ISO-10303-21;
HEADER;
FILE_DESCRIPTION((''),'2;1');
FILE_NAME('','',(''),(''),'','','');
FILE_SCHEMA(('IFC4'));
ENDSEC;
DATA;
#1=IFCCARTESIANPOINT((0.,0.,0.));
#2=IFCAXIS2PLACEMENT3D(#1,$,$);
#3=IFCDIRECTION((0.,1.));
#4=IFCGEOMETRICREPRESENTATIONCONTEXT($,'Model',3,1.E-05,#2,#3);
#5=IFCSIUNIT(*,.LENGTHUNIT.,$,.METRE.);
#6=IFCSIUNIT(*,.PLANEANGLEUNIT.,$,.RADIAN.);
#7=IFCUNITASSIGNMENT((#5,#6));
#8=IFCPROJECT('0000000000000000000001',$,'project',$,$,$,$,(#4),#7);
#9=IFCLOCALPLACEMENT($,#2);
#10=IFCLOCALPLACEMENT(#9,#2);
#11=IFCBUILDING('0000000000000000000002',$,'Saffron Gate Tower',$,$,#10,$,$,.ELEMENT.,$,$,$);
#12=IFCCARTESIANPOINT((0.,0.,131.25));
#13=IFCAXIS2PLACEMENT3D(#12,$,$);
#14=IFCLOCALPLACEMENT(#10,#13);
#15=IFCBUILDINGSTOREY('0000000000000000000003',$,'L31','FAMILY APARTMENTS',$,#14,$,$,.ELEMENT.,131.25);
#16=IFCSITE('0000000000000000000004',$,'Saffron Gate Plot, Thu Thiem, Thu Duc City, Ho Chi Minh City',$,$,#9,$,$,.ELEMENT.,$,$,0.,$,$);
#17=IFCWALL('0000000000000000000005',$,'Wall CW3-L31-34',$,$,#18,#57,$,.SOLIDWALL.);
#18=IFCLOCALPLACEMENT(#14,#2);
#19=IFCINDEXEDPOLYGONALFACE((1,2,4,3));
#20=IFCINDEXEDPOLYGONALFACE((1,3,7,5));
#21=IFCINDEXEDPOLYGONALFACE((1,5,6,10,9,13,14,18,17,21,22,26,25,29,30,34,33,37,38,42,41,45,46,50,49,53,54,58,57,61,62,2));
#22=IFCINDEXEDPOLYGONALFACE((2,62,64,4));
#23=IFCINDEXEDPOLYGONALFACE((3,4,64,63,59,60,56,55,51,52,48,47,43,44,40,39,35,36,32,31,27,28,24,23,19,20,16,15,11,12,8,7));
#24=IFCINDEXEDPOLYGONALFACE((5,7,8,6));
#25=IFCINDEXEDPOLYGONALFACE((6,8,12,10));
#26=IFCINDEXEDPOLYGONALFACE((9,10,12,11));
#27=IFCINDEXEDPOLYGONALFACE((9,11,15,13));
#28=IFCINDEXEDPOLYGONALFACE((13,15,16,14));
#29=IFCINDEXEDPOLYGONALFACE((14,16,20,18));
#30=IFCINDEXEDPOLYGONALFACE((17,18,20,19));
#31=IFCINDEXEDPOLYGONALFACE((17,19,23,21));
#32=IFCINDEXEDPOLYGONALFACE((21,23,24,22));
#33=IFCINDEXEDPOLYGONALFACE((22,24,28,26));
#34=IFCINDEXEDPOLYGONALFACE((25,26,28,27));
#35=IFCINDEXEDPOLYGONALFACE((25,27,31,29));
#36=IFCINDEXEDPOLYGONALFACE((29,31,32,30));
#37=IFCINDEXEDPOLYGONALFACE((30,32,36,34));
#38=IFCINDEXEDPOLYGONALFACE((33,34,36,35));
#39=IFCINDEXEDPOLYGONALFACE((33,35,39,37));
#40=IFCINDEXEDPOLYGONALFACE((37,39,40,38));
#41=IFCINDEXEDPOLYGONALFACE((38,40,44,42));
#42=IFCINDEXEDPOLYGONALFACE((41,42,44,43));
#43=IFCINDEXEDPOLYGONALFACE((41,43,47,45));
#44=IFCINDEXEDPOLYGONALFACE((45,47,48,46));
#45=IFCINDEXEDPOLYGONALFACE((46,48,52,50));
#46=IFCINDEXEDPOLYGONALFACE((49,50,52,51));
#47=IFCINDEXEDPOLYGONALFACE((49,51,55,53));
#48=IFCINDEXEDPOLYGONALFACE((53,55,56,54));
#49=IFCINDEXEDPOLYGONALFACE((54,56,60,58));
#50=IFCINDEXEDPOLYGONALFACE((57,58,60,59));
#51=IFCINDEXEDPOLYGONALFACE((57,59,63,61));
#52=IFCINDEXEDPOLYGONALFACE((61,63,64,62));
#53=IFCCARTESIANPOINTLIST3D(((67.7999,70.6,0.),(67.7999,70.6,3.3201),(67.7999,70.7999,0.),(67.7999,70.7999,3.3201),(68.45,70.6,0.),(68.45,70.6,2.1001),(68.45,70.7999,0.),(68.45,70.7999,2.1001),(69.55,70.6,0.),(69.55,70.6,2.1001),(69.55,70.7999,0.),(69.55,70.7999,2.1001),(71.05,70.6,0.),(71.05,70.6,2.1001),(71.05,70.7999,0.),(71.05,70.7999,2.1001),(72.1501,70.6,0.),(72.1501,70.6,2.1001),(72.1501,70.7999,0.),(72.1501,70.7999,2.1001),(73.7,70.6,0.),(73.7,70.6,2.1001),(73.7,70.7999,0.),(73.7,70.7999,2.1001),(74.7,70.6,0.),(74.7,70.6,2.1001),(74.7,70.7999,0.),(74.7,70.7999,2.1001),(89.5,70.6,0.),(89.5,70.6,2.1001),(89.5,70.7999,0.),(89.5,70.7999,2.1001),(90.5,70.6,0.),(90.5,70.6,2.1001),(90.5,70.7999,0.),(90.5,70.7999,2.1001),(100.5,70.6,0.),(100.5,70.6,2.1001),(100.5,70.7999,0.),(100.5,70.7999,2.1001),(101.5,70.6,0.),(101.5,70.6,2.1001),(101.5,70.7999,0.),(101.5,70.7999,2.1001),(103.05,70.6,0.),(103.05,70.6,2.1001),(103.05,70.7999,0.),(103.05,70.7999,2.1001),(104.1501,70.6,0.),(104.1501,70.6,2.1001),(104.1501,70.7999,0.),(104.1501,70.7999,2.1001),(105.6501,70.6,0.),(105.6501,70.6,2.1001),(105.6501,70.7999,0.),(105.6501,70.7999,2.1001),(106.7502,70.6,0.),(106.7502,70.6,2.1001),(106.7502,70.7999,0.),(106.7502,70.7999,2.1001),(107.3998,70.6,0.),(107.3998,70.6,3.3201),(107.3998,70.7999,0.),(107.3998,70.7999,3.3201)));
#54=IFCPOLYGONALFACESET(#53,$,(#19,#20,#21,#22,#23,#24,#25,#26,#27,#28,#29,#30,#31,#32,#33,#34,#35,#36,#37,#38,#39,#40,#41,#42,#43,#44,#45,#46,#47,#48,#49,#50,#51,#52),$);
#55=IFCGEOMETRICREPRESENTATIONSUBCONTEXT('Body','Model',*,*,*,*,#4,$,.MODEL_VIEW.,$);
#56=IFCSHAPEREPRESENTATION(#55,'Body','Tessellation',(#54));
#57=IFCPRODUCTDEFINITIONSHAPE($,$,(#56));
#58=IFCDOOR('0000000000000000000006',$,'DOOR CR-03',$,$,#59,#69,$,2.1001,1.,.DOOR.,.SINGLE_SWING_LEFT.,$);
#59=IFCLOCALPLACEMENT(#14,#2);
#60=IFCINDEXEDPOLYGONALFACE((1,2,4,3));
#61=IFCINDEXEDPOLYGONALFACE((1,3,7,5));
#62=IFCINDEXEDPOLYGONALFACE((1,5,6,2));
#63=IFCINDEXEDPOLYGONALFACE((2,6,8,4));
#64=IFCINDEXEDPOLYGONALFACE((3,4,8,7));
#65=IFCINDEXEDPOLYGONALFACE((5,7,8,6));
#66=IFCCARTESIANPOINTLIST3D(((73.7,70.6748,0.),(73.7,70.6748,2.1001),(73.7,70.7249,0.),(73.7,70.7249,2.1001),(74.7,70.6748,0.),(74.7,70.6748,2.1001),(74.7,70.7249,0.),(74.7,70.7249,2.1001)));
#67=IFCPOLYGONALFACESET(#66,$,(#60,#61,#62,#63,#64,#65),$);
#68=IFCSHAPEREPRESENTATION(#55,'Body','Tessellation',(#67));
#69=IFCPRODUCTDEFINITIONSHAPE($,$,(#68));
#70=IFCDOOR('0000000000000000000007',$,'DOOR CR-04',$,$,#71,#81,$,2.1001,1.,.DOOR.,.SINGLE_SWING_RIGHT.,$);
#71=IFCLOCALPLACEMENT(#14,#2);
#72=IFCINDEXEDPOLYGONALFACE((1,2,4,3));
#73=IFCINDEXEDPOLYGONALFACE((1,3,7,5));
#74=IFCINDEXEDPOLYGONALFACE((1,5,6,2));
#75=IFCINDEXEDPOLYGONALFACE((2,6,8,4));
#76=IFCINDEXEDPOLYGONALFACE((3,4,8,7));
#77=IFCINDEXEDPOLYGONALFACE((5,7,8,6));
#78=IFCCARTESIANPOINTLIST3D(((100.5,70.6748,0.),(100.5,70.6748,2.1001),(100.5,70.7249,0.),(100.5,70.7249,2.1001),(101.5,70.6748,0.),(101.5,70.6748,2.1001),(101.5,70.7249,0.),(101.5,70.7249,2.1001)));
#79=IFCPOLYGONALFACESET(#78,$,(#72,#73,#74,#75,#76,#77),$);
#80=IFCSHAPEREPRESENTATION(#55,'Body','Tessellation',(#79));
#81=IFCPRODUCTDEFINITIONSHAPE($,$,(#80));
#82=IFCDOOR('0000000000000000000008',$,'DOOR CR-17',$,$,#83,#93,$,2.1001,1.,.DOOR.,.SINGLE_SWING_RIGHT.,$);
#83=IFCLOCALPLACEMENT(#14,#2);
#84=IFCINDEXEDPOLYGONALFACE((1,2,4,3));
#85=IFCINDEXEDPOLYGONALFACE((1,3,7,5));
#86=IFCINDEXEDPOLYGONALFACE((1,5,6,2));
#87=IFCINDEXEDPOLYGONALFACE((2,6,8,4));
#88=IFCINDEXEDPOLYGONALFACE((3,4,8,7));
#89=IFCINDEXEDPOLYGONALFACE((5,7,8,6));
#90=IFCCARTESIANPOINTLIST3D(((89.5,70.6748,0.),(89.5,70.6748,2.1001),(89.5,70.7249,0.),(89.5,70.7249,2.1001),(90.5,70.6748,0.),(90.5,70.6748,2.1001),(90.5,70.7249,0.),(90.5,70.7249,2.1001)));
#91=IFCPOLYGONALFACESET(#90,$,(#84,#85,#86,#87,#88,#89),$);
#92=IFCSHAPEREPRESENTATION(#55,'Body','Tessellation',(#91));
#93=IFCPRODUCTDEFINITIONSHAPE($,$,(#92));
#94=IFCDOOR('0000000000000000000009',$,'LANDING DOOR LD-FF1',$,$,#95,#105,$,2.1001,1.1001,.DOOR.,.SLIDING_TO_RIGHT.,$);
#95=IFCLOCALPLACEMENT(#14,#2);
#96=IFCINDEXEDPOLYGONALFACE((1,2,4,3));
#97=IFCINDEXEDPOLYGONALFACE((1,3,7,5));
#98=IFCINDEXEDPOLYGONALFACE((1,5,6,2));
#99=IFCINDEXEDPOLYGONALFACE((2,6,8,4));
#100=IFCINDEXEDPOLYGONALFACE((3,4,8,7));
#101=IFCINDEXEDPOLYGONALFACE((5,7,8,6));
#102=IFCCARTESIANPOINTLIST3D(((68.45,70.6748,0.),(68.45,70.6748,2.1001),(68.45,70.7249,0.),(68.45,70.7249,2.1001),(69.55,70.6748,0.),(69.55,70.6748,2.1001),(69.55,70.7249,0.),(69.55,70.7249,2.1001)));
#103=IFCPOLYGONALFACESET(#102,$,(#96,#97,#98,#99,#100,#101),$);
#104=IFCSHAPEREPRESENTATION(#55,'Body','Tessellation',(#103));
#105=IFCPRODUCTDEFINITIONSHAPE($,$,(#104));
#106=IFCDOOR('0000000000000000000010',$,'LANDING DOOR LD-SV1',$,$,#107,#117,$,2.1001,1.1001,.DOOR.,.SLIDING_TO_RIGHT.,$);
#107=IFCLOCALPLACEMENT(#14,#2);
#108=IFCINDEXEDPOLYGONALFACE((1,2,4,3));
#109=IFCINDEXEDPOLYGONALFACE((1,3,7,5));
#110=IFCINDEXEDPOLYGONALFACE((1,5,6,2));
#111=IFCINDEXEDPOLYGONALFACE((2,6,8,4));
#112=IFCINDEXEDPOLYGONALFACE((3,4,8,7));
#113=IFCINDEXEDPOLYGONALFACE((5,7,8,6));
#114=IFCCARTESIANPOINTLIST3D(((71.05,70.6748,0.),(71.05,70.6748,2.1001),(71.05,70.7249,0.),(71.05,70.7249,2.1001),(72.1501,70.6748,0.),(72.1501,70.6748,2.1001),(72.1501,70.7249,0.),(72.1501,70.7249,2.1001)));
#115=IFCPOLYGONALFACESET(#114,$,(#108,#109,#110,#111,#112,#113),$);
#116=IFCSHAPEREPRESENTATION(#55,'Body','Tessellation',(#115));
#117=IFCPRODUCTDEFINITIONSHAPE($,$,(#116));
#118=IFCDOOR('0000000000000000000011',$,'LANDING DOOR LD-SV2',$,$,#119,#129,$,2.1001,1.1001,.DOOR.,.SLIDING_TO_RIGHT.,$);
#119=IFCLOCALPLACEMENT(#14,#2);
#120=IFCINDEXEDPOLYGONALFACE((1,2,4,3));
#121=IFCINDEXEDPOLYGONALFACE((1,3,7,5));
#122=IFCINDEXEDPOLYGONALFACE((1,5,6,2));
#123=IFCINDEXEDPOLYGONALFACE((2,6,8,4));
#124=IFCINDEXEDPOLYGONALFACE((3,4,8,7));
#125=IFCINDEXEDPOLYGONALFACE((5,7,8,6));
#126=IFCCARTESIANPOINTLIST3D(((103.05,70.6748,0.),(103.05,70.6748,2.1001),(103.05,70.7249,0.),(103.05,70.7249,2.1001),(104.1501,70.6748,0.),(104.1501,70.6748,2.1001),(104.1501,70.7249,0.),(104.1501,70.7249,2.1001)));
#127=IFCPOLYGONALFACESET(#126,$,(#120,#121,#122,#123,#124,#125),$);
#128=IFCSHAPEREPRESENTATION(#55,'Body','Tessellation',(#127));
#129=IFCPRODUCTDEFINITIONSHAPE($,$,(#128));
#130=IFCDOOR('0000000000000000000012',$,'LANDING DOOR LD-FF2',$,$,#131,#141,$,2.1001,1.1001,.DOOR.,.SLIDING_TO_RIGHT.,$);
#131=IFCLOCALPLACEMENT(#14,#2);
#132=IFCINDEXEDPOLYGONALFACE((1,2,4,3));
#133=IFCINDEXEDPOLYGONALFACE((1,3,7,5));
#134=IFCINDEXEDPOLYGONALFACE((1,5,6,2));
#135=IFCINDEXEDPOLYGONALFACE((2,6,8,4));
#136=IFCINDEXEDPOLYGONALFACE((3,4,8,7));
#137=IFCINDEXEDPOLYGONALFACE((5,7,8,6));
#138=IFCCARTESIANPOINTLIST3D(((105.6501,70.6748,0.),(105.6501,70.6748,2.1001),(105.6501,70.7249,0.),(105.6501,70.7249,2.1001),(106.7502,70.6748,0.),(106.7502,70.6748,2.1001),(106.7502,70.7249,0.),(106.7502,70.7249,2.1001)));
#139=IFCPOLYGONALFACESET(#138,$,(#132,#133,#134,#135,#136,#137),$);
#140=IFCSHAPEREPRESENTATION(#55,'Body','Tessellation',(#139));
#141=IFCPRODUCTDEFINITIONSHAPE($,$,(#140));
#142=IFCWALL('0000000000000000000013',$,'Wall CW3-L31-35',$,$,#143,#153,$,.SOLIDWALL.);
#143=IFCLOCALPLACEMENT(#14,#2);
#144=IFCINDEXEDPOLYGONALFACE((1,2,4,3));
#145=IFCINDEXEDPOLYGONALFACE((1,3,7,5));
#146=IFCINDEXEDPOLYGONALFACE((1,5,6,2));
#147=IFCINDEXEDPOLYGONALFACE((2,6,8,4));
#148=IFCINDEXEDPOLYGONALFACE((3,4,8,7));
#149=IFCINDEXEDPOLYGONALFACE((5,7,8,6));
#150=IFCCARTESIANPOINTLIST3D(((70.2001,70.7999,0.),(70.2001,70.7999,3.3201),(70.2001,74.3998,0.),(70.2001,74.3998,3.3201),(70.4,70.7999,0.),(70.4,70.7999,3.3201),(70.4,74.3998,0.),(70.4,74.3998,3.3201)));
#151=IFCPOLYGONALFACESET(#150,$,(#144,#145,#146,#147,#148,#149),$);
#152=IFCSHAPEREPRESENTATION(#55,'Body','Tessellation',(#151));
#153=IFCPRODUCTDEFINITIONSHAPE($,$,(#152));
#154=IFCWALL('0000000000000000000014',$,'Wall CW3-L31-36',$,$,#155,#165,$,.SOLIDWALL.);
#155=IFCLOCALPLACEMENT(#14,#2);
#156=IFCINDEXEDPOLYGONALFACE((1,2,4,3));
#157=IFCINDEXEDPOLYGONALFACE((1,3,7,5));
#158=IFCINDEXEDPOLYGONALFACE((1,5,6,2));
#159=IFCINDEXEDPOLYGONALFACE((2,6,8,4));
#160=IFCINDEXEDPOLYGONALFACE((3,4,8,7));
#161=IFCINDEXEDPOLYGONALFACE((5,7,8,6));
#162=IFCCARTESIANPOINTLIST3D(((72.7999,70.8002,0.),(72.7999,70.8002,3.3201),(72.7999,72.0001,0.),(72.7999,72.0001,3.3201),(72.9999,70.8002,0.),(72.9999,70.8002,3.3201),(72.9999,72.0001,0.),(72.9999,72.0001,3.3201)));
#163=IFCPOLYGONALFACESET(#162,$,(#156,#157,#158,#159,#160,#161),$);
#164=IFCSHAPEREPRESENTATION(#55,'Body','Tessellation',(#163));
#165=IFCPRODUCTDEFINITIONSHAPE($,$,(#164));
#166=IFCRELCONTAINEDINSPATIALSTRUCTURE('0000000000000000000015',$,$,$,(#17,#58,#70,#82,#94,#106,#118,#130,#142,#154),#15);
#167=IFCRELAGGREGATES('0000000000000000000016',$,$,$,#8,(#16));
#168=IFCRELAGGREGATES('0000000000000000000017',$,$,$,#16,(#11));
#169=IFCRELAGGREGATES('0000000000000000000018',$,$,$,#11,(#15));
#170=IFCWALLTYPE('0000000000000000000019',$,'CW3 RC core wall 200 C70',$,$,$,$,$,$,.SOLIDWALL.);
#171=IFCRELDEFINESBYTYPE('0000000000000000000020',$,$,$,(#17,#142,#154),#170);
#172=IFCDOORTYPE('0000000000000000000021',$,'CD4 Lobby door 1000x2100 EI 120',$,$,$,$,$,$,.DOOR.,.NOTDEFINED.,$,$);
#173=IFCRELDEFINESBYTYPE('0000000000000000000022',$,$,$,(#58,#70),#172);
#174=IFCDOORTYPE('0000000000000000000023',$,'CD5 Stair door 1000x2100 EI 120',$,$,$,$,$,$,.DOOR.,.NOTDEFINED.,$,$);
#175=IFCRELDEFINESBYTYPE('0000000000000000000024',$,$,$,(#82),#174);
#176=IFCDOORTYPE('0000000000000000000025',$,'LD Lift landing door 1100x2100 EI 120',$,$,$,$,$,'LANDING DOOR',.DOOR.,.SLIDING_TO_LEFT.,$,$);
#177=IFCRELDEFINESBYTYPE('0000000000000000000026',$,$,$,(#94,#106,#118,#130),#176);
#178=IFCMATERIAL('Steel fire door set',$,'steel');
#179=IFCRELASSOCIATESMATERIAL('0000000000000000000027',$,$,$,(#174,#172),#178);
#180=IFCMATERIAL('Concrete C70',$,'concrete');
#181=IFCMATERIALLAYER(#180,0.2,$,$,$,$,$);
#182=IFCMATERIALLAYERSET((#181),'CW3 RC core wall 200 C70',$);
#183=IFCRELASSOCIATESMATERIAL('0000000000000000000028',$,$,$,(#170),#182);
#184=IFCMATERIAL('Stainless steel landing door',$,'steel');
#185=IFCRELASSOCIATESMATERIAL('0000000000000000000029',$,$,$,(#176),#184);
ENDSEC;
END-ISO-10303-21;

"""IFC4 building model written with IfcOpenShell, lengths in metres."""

from ifc_helpers import new_model, si_unit, direction, frame, frame_2d, origin, place, context, subcontext, project, spatial, rectangle, extrude, material, layer, layer_set, type_object, element, fill, save


model = new_model("IFC4")

# Units and contexts
model_context = context("Model", 3, precision=1e-05, world=origin(), true_north=direction((0.0, 1.0)))
body_context = subcontext(model_context, "Body", "Model", "MODEL_VIEW")
ifc_project = project(units=[si_unit("LENGTHUNIT", "METRE"), si_unit("PLANEANGLEUNIT", "RADIAN")], contexts=[model_context])

# Site, building, storey
site_placement = place(None, origin())
site = spatial("IfcSite", under=ifc_project, at=site_placement, Name="Saffron Gate Plot, Thu Thiem, Thu Duc City, Ho Chi Minh City", CompositionType="ELEMENT", RefElevation=0.0)
building_placement = place(site_placement, origin())
building = spatial("IfcBuilding", under=site, at=building_placement, Name="Saffron Gate Tower", CompositionType="ELEMENT")
storey_placement = place(building_placement, frame((0.0, 0.0, 131.25)))
storey = spatial("IfcBuildingStorey", under=building, at=storey_placement, Name="L31", Description="FAMILY APARTMENTS", CompositionType="ELEMENT", Elevation=131.25)

# Wall, openings, doors
ifc_material_1 = material(Name="Concrete C70", Category="concrete")
ifc_material_2 = material(Name="Steel fire door set", Category="steel")
door_type_1 = type_object("IfcDoorType", Name="CD5 Stair door 1000x2100 EI 120", OperationType="NOTDEFINED", PredefinedType="DOOR", material=ifc_material_2)
ifc_layer_1 = layer(ifc_material_1, 0.2)
ifc_layer_set_1 = layer_set([ifc_layer_1], Name="CW3 RC core wall 200 C70")
wall_type_1 = type_object("IfcWallType", Name="CW3 RC core wall 200 C70", PredefinedType="SOLIDWALL", material=ifc_layer_set_1)
wall_1_placement = place(storey_placement, frame((67.8, 70.7, 0.0), z_axis=(0.0, 0.0, 1.0), x_axis=(1.0, 0.0, 0.0)))
wall_1 = element("IfcWall", 1, at=wall_1_placement, inside=storey, type_object=wall_type_1, Name="Wall CW3-L31-34", PredefinedType="SOLIDWALL", context=body_context, shape_type="SweptSolid", body=[
    extrude(rectangle(XDim=39.5999, YDim=0.2, at=frame_2d((19.7998, 0.0))), origin(), (0.0, 0.0, 1.0), 3.3201),
])
opening_1_placement = place(wall_1_placement, frame((0.6499, 0.0, 0.0)))
opening_1 = element("IfcOpeningElement", 2, at=opening_1_placement, cuts=wall_1, PredefinedType="OPENING", context=body_context, shape_type="SweptSolid", body=[
    extrude(rectangle(XDim=1.1001, YDim=2.1001, at=frame_2d((0.55, 1.05))), frame((0.0, 0.1099, 0.0), z_axis=(0.0, -1.0, 0.0), x_axis=(1.0, 0.0, 0.0)), (0.0, 0.0, 1.0), 0.22),
])
opening_2_placement = place(wall_1_placement, frame((3.25, 0.0, 0.0)))
opening_2 = element("IfcOpeningElement", 3, at=opening_2_placement, cuts=wall_1, PredefinedType="OPENING", context=body_context, shape_type="SweptSolid", body=[
    extrude(rectangle(XDim=1.1001, YDim=2.1001, at=frame_2d((0.55, 1.05))), frame((0.0, 0.1099, 0.0), z_axis=(0.0, -1.0, 0.0), x_axis=(1.0, 0.0, 0.0)), (0.0, 0.0, 1.0), 0.22),
])
opening_3_placement = place(wall_1_placement, frame((5.8999, 0.0, 0.0)))
opening_3 = element("IfcOpeningElement", 4, at=opening_3_placement, cuts=wall_1, PredefinedType="OPENING", context=body_context, shape_type="SweptSolid", body=[
    extrude(rectangle(XDim=1.0, YDim=2.1001, at=frame_2d((0.5, 1.05))), frame((0.0, 0.1099, 0.0), z_axis=(0.0, -1.0, 0.0), x_axis=(1.0, 0.0, 0.0)), (0.0, 0.0, 1.0), 0.22),
])
opening_4_placement = place(wall_1_placement, frame((21.7, 0.0, 0.0)))
opening_4 = element("IfcOpeningElement", 5, at=opening_4_placement, cuts=wall_1, PredefinedType="OPENING", context=body_context, shape_type="SweptSolid", body=[
    extrude(rectangle(XDim=1.0, YDim=2.1001, at=frame_2d((0.5, 1.05))), frame((0.0, 0.1099, 0.0), z_axis=(0.0, -1.0, 0.0), x_axis=(1.0, 0.0, 0.0)), (0.0, 0.0, 1.0), 0.22),
])
opening_5_placement = place(wall_1_placement, frame((32.7, 0.0, 0.0)))
opening_5 = element("IfcOpeningElement", 6, at=opening_5_placement, cuts=wall_1, PredefinedType="OPENING", context=body_context, shape_type="SweptSolid", body=[
    extrude(rectangle(XDim=1.0, YDim=2.1001, at=frame_2d((0.5, 1.05))), frame((0.0, 0.1099, 0.0), z_axis=(0.0, -1.0, 0.0), x_axis=(1.0, 0.0, 0.0)), (0.0, 0.0, 1.0), 0.22),
])
opening_6_placement = place(wall_1_placement, frame((35.25, 0.0, 0.0)))
opening_6 = element("IfcOpeningElement", 7, at=opening_6_placement, cuts=wall_1, PredefinedType="OPENING", context=body_context, shape_type="SweptSolid", body=[
    extrude(rectangle(XDim=1.1001, YDim=2.1001, at=frame_2d((0.55, 1.05))), frame((0.0, 0.1099, 0.0), z_axis=(0.0, -1.0, 0.0), x_axis=(1.0, 0.0, 0.0)), (0.0, 0.0, 1.0), 0.22),
])
opening_7_placement = place(wall_1_placement, frame((37.8501, 0.0, 0.0)))
opening_7 = element("IfcOpeningElement", 8, at=opening_7_placement, cuts=wall_1, PredefinedType="OPENING", context=body_context, shape_type="SweptSolid", body=[
    extrude(rectangle(XDim=1.1001, YDim=2.1001, at=frame_2d((0.55, 1.05))), frame((0.0, 0.1099, 0.0), z_axis=(0.0, -1.0, 0.0), x_axis=(1.0, 0.0, 0.0)), (0.0, 0.0, 1.0), 0.22),
])
door_type_2 = type_object("IfcDoorType", Name="CD4 Lobby door 1000x2100 EI 120", OperationType="NOTDEFINED", PredefinedType="DOOR", material=ifc_material_2)
door_1_placement = place(opening_3_placement, origin())
door_1 = element("IfcDoor", 9, at=door_1_placement, inside=storey, type_object=door_type_2, Name="DOOR CR-03", OperationType="SINGLE_SWING_LEFT", OverallHeight=2.1001, OverallWidth=1.0, PredefinedType="DOOR", context=body_context, shape_type="SweptSolid", body=[
    extrude(rectangle(XDim=1.0, YDim=2.1001, at=frame_2d((0.5, 1.05))), frame((0.0, 0.0249, 0.0), z_axis=(0.0, -1.0, 0.0), x_axis=(1.0, 0.0, 0.0)), (0.0, 0.0, 1.0), 0.05),
])
fill(opening_3, door_1)
door_2_placement = place(opening_5_placement, origin())
door_2 = element("IfcDoor", 10, at=door_2_placement, inside=storey, type_object=door_type_2, Name="DOOR CR-04", OperationType="SINGLE_SWING_RIGHT", OverallHeight=2.1001, OverallWidth=1.0, PredefinedType="DOOR", context=body_context, shape_type="SweptSolid", body=[
    extrude(rectangle(XDim=1.0, YDim=2.1001, at=frame_2d((0.5, 1.05))), frame((0.0, 0.0249, 0.0), z_axis=(0.0, -1.0, 0.0), x_axis=(1.0, 0.0, 0.0)), (0.0, 0.0, 1.0), 0.05),
])
fill(opening_5, door_2)
door_3_placement = place(opening_4_placement, origin())
door_3 = element("IfcDoor", 11, at=door_3_placement, inside=storey, type_object=door_type_1, Name="DOOR CR-17", OperationType="SINGLE_SWING_RIGHT", OverallHeight=2.1001, OverallWidth=1.0, PredefinedType="DOOR", context=body_context, shape_type="SweptSolid", body=[
    extrude(rectangle(XDim=1.0, YDim=2.1001, at=frame_2d((0.5, 1.05))), frame((0.0, 0.0249, 0.0), z_axis=(0.0, -1.0, 0.0), x_axis=(1.0, 0.0, 0.0)), (0.0, 0.0, 1.0), 0.05),
])
fill(opening_4, door_3)
ifc_material_3 = material(Name="Stainless steel landing door", Category="steel")
door_type_3 = type_object("IfcDoorType", Name="LD Lift landing door 1100x2100 EI 120", ElementType="LANDING DOOR", OperationType="SLIDING_TO_LEFT", PredefinedType="DOOR", material=ifc_material_3)
door_4_placement = place(opening_1_placement, origin())
door_4 = element("IfcDoor", 12, at=door_4_placement, inside=storey, type_object=door_type_3, Name="LANDING DOOR LD-FF1", OperationType="SLIDING_TO_RIGHT", OverallHeight=2.1001, OverallWidth=1.1001, PredefinedType="DOOR", context=body_context, shape_type="SweptSolid", body=[
    extrude(rectangle(XDim=1.1001, YDim=2.1001, at=frame_2d((0.55, 1.05))), frame((0.0, 0.0249, 0.0), z_axis=(0.0, -1.0, 0.0), x_axis=(1.0, 0.0, 0.0)), (0.0, 0.0, 1.0), 0.05),
])
fill(opening_1, door_4)
door_5_placement = place(opening_2_placement, origin())
door_5 = element("IfcDoor", 13, at=door_5_placement, inside=storey, type_object=door_type_3, Name="LANDING DOOR LD-SV1", OperationType="SLIDING_TO_RIGHT", OverallHeight=2.1001, OverallWidth=1.1001, PredefinedType="DOOR", context=body_context, shape_type="SweptSolid", body=[
    extrude(rectangle(XDim=1.1001, YDim=2.1001, at=frame_2d((0.55, 1.05))), frame((0.0, 0.0249, 0.0), z_axis=(0.0, -1.0, 0.0), x_axis=(1.0, 0.0, 0.0)), (0.0, 0.0, 1.0), 0.05),
])
fill(opening_2, door_5)
door_6_placement = place(opening_6_placement, origin())
door_6 = element("IfcDoor", 14, at=door_6_placement, inside=storey, type_object=door_type_3, Name="LANDING DOOR LD-SV2", OperationType="SLIDING_TO_RIGHT", OverallHeight=2.1001, OverallWidth=1.1001, PredefinedType="DOOR", context=body_context, shape_type="SweptSolid", body=[
    extrude(rectangle(XDim=1.1001, YDim=2.1001, at=frame_2d((0.55, 1.05))), frame((0.0, 0.0249, 0.0), z_axis=(0.0, -1.0, 0.0), x_axis=(1.0, 0.0, 0.0)), (0.0, 0.0, 1.0), 0.05),
])
fill(opening_6, door_6)
door_7_placement = place(opening_7_placement, origin())
door_7 = element("IfcDoor", 15, at=door_7_placement, inside=storey, type_object=door_type_3, Name="LANDING DOOR LD-FF2", OperationType="SLIDING_TO_RIGHT", OverallHeight=2.1001, OverallWidth=1.1001, PredefinedType="DOOR", context=body_context, shape_type="SweptSolid", body=[
    extrude(rectangle(XDim=1.1001, YDim=2.1001, at=frame_2d((0.55, 1.05))), frame((0.0, 0.0249, 0.0), z_axis=(0.0, -1.0, 0.0), x_axis=(1.0, 0.0, 0.0)), (0.0, 0.0, 1.0), 0.05),
])
fill(opening_7, door_7)

# Walls
wall_2_placement = place(storey_placement, frame((70.3, 70.8, 0.0), z_axis=(0.0, 0.0, 1.0), x_axis=(0.0, 1.0, 0.0)))
element("IfcWall", 16, at=wall_2_placement, inside=storey, type_object=wall_type_1, Name="Wall CW3-L31-35", PredefinedType="SOLIDWALL", context=body_context, shape_type="SweptSolid", body=[
    extrude(rectangle(XDim=3.5999, YDim=0.2, at=frame_2d((1.7998, 0.0))), origin(), (0.0, 0.0, 1.0), 3.3201),
])
wall_3_placement = place(storey_placement, frame((72.8999, 70.8, 0.0), z_axis=(0.0, 0.0, 1.0), x_axis=(0.0, 1.0, 0.0)))
element("IfcWall", 17, at=wall_3_placement, inside=storey, type_object=wall_type_1, Name="Wall CW3-L31-36", PredefinedType="SOLIDWALL", context=body_context, shape_type="SweptSolid", body=[
    extrude(rectangle(XDim=1.2, YDim=0.2, at=frame_2d((0.6001, 0.0))), origin(), (0.0, 0.0, 1.0), 3.3201),
])

save(model, "model.ifc")
